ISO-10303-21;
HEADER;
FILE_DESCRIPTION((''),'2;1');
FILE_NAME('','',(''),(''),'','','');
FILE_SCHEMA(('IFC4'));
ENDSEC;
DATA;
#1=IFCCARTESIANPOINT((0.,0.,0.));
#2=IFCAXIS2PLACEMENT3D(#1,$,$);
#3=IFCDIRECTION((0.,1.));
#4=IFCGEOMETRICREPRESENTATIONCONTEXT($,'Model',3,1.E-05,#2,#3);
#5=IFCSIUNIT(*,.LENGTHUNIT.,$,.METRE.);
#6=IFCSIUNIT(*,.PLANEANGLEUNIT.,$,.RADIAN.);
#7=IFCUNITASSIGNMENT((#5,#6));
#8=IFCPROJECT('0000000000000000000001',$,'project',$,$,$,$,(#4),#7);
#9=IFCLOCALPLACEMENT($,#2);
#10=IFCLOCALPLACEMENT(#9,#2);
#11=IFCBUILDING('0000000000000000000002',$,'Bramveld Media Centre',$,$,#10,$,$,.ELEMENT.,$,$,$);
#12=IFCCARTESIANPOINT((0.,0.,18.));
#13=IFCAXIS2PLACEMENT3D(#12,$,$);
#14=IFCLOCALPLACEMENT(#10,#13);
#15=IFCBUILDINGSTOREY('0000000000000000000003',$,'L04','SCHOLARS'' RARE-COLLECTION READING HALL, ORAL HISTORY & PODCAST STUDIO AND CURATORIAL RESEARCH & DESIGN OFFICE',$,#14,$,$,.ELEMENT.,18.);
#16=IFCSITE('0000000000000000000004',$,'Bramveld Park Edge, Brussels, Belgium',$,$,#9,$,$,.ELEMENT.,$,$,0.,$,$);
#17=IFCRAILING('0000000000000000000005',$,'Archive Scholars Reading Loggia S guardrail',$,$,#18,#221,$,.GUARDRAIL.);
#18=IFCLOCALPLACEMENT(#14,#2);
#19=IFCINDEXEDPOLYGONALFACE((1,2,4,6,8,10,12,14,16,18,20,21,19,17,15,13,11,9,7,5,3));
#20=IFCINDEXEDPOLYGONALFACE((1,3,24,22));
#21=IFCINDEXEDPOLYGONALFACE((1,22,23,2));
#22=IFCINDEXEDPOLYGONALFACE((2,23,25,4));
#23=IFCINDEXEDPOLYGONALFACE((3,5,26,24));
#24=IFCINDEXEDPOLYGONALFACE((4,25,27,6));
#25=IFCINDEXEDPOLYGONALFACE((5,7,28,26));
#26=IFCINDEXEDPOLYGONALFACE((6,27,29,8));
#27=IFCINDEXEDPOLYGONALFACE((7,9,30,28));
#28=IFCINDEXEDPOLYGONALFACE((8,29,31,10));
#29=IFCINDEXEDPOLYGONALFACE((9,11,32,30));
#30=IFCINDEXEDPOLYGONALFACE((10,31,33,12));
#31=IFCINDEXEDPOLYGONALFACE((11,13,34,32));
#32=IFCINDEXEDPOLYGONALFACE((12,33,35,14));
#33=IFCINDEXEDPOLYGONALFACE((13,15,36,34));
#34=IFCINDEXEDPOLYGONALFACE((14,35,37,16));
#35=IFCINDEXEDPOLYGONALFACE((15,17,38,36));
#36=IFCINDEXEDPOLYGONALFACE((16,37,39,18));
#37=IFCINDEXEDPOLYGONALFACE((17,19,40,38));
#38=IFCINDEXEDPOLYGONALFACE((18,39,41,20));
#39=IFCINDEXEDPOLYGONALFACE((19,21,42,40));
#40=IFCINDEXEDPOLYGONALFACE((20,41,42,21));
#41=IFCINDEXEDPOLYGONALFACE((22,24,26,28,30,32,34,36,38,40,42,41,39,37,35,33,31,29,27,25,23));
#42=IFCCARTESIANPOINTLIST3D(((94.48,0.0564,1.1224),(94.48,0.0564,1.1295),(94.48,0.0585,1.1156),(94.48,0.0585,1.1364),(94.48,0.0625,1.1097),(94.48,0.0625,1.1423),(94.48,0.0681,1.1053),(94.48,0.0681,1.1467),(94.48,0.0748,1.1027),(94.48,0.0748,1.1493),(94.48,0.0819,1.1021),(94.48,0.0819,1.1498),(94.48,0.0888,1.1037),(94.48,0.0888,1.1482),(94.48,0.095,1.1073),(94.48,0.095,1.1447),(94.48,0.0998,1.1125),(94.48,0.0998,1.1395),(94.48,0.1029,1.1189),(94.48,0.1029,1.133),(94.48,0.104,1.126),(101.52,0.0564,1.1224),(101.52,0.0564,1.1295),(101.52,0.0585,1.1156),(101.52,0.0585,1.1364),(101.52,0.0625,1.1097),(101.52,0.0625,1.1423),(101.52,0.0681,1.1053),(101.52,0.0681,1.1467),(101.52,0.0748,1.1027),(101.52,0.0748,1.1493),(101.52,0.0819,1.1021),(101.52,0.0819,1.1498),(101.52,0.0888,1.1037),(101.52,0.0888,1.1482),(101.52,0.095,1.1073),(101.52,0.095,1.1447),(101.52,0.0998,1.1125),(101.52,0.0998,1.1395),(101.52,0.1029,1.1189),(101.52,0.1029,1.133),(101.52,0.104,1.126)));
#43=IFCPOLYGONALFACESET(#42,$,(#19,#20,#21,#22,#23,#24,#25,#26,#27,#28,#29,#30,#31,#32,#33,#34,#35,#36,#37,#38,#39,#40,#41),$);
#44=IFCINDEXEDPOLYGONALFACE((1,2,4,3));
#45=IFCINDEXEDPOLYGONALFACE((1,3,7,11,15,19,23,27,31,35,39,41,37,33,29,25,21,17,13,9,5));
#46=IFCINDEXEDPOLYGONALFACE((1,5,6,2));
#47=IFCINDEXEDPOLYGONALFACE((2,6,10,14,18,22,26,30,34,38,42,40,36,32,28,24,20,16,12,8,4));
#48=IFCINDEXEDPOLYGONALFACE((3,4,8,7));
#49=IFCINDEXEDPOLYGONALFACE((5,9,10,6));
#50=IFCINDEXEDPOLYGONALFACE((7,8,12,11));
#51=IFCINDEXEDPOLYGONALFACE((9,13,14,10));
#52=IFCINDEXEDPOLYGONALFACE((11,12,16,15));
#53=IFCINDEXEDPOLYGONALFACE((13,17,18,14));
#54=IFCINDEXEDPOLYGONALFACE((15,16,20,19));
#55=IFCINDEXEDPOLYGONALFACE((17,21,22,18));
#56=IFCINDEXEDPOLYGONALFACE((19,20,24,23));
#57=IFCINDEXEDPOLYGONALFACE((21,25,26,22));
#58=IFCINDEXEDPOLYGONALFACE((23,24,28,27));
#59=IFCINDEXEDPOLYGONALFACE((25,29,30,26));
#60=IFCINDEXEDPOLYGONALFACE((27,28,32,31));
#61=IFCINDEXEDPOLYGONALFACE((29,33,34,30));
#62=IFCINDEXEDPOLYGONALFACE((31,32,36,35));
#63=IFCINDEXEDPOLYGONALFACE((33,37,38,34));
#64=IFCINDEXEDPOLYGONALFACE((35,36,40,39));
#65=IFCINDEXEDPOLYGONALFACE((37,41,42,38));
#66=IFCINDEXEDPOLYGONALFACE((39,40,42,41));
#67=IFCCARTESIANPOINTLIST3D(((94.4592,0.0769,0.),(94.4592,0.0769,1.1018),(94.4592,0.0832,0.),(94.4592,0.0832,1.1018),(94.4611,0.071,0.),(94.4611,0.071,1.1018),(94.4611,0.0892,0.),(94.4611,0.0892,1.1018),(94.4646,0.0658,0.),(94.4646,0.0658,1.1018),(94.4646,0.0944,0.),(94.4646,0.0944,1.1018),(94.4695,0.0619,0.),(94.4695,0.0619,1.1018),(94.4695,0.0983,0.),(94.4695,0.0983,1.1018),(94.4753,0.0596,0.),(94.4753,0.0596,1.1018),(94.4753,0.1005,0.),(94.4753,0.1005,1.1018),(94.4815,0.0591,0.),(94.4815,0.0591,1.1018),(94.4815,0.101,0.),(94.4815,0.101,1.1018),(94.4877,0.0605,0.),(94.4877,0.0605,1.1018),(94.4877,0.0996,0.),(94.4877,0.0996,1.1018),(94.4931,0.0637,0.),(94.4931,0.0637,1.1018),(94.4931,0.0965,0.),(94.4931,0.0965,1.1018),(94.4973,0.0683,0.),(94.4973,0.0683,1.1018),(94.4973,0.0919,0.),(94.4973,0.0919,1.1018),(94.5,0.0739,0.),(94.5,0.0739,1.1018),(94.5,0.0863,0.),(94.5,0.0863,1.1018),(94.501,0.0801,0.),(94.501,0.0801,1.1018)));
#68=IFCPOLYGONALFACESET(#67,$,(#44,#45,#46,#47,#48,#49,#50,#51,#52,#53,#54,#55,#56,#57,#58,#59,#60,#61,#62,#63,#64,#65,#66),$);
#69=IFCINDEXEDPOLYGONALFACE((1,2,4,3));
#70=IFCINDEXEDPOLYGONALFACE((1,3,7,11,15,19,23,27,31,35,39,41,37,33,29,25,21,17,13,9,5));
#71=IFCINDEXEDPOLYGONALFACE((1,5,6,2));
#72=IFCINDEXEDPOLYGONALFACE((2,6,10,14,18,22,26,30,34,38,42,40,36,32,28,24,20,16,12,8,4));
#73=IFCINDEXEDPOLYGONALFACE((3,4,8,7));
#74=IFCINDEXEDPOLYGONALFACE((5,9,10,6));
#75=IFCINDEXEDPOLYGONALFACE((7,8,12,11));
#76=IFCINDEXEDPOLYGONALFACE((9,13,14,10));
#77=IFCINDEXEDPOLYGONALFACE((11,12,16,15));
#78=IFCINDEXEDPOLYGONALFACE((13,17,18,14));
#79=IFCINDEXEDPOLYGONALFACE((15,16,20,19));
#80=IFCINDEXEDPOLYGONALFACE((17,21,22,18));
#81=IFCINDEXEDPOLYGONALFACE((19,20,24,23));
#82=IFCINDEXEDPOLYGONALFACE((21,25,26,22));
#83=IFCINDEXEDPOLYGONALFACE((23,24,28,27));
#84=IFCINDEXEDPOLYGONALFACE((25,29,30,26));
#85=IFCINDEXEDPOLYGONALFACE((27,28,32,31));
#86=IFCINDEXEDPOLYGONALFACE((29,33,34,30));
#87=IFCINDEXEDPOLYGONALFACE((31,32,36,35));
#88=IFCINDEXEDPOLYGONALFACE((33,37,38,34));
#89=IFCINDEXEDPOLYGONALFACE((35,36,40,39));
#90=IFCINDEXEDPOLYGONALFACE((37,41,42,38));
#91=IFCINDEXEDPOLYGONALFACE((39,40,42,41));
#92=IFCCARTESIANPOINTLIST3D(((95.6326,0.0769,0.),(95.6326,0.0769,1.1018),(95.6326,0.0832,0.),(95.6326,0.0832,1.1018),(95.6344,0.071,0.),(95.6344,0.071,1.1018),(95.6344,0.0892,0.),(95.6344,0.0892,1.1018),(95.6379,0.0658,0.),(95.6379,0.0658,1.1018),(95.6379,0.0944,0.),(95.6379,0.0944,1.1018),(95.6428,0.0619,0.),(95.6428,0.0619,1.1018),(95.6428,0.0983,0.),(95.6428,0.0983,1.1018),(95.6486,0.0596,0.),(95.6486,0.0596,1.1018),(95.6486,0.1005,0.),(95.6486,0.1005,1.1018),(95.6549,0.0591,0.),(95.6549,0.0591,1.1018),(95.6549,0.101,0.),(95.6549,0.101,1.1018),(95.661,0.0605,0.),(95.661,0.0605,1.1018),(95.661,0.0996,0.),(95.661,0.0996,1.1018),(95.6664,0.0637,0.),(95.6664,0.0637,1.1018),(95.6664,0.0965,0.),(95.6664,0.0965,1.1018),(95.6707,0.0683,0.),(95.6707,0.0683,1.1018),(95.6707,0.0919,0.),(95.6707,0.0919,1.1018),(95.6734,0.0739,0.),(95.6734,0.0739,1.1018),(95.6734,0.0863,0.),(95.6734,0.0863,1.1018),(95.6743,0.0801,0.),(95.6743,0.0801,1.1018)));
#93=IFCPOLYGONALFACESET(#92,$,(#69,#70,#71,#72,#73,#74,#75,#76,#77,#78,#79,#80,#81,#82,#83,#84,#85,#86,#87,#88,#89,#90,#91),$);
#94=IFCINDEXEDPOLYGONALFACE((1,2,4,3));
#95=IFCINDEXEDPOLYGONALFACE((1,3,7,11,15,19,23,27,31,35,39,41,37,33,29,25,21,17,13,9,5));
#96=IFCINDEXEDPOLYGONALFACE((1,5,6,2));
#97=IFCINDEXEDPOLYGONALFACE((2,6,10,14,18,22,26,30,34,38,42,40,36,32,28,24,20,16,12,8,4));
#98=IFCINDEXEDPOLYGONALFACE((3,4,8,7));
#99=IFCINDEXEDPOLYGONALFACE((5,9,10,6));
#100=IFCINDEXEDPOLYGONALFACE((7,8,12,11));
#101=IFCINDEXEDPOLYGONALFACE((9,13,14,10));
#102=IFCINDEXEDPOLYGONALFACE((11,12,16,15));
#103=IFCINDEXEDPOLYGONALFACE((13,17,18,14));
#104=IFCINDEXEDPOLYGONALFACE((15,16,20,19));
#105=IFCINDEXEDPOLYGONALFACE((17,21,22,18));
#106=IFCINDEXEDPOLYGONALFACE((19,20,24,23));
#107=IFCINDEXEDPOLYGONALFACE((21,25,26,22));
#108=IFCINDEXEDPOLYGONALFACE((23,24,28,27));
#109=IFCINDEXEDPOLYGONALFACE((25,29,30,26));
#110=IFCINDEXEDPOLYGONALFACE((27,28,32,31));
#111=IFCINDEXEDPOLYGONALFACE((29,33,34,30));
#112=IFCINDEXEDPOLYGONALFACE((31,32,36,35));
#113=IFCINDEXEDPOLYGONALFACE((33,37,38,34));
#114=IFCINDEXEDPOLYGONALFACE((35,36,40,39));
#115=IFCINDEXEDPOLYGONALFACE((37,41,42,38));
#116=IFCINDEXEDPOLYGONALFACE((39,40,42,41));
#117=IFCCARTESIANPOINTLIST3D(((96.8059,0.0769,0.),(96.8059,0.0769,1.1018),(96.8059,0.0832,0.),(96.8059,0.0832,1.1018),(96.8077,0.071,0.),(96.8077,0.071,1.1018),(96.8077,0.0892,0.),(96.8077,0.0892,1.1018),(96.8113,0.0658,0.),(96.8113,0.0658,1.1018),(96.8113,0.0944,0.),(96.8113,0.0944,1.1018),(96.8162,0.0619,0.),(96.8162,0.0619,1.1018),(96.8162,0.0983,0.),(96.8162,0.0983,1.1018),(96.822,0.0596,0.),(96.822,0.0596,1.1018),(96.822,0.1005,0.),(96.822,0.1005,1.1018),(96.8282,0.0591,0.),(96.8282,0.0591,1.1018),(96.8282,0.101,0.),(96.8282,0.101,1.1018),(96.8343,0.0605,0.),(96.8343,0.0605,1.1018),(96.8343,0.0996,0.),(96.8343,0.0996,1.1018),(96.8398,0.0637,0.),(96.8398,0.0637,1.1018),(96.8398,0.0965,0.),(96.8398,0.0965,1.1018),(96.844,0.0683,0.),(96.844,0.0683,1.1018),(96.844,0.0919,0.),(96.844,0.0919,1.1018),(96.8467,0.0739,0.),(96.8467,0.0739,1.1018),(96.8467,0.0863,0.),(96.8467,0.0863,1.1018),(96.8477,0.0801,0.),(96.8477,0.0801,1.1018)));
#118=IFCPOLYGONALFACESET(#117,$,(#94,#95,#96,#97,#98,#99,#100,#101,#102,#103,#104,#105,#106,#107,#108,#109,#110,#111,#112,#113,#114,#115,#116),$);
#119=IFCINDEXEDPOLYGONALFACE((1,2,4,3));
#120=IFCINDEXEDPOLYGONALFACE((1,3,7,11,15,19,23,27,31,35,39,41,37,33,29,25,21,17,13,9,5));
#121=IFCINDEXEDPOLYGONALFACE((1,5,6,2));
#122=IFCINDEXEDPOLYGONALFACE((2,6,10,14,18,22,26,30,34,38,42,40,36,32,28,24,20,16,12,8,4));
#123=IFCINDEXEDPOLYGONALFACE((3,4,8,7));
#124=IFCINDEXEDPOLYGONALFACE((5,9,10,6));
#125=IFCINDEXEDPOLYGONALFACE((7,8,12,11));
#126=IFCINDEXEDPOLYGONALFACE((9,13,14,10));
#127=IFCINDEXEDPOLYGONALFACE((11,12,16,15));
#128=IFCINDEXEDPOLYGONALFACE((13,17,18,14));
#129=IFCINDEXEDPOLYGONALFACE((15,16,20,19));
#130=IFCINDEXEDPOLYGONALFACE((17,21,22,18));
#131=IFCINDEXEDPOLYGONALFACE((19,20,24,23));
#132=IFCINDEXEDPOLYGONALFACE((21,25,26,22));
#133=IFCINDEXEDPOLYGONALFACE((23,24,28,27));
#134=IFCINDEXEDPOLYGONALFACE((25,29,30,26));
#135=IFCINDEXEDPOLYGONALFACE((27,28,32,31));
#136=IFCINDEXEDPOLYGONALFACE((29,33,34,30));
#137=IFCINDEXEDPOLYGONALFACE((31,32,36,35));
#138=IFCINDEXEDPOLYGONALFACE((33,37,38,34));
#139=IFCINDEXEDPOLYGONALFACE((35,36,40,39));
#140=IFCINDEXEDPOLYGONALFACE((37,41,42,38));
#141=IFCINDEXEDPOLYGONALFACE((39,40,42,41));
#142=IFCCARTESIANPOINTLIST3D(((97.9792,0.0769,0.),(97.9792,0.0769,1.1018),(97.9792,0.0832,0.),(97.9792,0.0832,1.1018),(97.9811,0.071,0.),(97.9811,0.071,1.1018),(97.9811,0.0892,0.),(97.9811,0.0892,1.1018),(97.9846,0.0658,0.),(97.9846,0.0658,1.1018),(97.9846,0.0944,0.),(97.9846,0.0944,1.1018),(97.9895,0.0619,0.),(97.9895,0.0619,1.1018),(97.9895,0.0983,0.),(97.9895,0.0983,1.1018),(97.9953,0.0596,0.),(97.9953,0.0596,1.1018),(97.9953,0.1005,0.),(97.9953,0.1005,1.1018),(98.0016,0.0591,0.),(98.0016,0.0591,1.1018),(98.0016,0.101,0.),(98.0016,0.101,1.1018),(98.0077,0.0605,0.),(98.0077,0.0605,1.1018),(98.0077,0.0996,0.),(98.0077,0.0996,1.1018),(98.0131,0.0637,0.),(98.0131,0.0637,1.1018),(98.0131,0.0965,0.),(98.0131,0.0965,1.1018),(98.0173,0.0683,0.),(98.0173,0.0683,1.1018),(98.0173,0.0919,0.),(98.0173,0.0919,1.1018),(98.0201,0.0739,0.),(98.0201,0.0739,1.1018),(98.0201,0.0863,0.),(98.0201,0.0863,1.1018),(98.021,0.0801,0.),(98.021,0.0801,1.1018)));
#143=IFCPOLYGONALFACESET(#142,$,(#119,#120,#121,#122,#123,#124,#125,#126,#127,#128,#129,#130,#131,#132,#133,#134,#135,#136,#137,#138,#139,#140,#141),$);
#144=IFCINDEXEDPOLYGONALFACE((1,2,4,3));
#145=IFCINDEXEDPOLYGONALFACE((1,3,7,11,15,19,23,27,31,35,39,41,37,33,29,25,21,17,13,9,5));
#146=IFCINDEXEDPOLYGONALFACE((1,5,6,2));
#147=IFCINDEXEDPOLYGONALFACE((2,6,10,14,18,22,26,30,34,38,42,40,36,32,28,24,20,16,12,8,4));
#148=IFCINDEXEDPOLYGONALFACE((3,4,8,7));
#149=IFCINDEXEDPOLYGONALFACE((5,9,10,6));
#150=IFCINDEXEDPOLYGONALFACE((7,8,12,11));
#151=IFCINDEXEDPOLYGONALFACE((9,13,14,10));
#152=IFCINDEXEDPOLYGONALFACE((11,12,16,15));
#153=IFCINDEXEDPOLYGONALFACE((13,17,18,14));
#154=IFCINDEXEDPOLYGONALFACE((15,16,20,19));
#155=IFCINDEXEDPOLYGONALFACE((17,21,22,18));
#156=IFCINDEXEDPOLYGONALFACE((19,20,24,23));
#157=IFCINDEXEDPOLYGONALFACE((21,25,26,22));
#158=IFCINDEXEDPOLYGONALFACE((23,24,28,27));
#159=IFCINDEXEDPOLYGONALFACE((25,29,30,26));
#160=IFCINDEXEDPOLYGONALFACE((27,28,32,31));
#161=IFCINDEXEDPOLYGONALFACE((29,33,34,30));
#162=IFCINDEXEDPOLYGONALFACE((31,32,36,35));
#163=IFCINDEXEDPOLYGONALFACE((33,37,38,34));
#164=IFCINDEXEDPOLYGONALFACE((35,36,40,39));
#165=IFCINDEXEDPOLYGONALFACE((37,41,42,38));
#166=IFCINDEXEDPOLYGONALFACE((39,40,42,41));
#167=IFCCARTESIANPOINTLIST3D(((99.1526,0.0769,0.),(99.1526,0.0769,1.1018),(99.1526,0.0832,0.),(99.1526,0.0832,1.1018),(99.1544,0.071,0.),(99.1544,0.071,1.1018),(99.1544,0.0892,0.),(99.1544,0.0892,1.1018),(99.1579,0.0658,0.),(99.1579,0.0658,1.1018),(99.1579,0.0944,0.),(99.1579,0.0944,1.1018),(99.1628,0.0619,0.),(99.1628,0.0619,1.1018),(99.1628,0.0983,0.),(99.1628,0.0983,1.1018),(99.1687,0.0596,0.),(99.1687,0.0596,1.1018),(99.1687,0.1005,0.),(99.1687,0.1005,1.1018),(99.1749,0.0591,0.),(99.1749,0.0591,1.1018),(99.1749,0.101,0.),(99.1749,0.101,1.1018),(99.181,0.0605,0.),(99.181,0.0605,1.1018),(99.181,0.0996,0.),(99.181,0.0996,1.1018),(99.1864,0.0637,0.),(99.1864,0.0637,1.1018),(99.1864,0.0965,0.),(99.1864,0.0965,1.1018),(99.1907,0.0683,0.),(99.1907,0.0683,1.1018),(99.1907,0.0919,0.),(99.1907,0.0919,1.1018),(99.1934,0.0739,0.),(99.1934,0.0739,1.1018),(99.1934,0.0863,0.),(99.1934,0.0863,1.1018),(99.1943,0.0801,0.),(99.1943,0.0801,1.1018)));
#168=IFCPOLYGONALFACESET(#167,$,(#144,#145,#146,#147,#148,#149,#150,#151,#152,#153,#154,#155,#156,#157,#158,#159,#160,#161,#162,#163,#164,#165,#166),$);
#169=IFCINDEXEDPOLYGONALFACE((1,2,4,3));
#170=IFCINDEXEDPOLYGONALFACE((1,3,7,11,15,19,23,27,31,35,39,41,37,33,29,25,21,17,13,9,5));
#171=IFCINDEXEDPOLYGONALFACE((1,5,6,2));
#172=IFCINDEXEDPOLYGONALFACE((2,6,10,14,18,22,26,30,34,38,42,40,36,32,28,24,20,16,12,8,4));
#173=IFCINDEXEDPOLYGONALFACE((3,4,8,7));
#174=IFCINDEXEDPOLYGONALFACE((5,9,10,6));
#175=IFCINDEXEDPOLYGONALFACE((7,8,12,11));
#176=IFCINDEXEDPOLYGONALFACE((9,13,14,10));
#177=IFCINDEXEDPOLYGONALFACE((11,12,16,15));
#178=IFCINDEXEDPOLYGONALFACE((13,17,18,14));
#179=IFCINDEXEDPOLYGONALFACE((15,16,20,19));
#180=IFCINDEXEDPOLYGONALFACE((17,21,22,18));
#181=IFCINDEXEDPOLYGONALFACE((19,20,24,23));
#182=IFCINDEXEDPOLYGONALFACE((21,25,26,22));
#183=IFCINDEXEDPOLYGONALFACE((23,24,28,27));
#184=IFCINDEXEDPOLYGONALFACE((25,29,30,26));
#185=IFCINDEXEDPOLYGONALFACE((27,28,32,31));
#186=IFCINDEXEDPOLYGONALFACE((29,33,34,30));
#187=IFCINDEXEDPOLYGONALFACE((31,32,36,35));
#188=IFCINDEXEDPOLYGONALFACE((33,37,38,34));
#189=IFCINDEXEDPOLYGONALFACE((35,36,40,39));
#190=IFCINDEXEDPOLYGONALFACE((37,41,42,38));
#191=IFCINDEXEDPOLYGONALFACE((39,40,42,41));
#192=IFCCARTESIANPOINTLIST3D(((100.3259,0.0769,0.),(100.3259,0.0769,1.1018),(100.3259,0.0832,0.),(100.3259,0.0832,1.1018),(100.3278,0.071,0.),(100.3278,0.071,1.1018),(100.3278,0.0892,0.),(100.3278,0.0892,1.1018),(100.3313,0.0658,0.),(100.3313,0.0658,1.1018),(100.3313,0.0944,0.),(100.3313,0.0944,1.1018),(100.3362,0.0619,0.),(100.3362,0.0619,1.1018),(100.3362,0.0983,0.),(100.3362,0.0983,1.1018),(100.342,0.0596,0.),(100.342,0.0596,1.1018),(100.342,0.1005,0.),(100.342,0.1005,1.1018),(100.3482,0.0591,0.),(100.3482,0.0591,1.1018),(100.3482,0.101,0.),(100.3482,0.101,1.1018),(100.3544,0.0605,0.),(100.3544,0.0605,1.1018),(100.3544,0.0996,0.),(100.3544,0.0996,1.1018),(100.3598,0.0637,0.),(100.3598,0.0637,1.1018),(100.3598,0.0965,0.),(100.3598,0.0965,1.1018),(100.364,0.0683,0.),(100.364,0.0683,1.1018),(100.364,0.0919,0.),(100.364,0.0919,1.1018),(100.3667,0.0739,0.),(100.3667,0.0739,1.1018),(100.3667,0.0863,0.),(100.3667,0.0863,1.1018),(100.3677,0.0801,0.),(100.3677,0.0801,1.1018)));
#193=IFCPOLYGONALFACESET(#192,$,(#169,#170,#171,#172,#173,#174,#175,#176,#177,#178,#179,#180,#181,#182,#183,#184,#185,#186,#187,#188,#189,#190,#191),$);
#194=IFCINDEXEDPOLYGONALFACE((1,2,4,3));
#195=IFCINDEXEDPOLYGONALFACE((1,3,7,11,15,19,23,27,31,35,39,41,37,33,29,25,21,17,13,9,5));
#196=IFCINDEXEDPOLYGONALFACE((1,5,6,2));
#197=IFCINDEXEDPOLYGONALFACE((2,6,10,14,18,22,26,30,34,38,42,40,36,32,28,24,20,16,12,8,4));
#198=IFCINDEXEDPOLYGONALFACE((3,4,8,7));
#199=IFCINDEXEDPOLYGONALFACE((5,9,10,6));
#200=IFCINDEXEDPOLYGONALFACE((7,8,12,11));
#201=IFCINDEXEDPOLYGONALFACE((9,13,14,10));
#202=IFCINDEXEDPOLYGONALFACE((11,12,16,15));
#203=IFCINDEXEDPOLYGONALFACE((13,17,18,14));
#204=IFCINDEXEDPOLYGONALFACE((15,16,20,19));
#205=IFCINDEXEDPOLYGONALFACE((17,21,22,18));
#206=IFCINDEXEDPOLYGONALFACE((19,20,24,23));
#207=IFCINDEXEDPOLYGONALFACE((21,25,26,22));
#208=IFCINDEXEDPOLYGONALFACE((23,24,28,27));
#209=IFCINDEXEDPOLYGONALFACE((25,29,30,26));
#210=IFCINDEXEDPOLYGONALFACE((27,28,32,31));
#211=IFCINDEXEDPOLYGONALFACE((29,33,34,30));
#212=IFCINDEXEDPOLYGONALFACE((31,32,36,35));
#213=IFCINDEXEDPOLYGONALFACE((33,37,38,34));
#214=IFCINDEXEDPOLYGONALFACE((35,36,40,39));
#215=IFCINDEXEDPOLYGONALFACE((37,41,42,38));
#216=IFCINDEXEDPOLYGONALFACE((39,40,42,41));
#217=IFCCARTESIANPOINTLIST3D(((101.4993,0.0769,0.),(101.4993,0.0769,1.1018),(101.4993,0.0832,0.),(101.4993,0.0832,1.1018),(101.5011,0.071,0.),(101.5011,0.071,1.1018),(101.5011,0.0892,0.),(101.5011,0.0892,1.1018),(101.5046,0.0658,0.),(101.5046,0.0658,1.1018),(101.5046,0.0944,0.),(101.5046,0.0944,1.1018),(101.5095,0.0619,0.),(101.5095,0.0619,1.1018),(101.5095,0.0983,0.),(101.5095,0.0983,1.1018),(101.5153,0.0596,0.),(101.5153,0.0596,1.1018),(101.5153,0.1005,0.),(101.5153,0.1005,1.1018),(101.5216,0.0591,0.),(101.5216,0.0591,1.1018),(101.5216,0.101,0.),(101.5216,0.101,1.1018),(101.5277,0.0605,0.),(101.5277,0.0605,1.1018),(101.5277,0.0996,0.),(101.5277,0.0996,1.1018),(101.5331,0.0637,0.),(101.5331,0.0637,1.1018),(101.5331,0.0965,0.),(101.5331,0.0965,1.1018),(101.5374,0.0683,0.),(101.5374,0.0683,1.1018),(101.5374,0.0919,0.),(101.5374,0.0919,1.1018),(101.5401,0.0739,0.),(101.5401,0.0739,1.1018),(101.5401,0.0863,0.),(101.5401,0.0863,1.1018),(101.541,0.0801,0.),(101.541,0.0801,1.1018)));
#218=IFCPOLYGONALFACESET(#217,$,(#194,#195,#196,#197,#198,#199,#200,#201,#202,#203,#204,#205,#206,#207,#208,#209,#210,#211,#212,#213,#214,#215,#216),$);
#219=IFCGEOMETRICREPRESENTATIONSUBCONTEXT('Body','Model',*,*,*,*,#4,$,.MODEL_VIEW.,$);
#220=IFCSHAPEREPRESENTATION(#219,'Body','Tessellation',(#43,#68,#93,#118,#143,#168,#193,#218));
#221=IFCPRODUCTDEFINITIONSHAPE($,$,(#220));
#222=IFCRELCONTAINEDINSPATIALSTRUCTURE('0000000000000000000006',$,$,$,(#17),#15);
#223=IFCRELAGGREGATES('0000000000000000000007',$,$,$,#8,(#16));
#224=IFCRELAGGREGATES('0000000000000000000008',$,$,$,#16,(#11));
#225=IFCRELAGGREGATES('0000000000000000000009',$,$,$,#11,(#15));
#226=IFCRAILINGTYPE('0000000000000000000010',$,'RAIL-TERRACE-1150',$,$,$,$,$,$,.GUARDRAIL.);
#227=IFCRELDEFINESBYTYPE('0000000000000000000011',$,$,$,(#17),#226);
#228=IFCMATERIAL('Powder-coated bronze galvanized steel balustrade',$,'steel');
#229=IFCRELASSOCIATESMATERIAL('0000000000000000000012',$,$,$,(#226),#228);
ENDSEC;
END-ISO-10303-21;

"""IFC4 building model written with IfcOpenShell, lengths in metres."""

from ifc_helpers import new_model, si_unit, direction, frame, origin, origin_2d, place, context, subcontext, project, spatial, circle, extrude, material, type_object, element, save


model = new_model("IFC4")

# Units and contexts
model_context = context("Model", 3, precision=1e-05, world=origin(), true_north=direction((0.0, 1.0)))
body_context = subcontext(model_context, "Body", "Model", "MODEL_VIEW")
ifc_project = project(units=[si_unit("LENGTHUNIT", "METRE"), si_unit("PLANEANGLEUNIT", "RADIAN")], contexts=[model_context])

# Site, building, storey
site_placement = place(None, origin())
site = spatial("IfcSite", under=ifc_project, at=site_placement, Name="Bramveld Park Edge, Brussels, Belgium", CompositionType="ELEMENT", RefElevation=0.0)
building_placement = place(site_placement, origin())
building = spatial("IfcBuilding", under=site, at=building_placement, Name="Bramveld Media Centre", CompositionType="ELEMENT")
storey_placement = place(building_placement, frame((0.0, 0.0, 18.0)))
storey = spatial("IfcBuildingStorey", under=building, at=storey_placement, Name="L04", Description="SCHOLARS' RARE-COLLECTION READING HALL, ORAL HISTORY & PODCAST STUDIO AND CURATORIAL RESEARCH & DESIGN OFFICE", CompositionType="ELEMENT", Elevation=18.0)

# Railing
ifc_material_1 = material(Name="Powder-coated bronze galvanized steel balustrade", Category="steel")
railing_type = type_object("IfcRailingType", Name="RAIL-TERRACE-1150", PredefinedType="GUARDRAIL", material=ifc_material_1)
railing_1_placement = place(storey_placement, frame((94.48, 0.0801, 0.0)))
element("IfcRailing", 1, at=railing_1_placement, inside=storey, type_object=railing_type, Name="Archive Scholars Reading Loggia S guardrail", PredefinedType="GUARDRAIL", context=body_context, shape_type="SweptSolid", body=[
    extrude(circle(Radius=0.0239, at=origin_2d()), frame((0.0, 0.0, 1.126), z_axis=(1.0, 0.0, 0.0), x_axis=(0.0, 1.0, 0.0)), (0.0, 0.0, 1.0), 7.04),
    extrude(circle(Radius=0.021, at=origin_2d()), origin(), (0.0, 0.0, 1.0), 1.1018),
    extrude(circle(Radius=0.021, at=origin_2d()), frame((1.1733, 0.0, 0.0)), (0.0, 0.0, 1.0), 1.1018),
    extrude(circle(Radius=0.021, at=origin_2d()), frame((2.3467, 0.0, 0.0)), (0.0, 0.0, 1.0), 1.1018),
    extrude(circle(Radius=0.021, at=origin_2d()), frame((3.52, 0.0, 0.0)), (0.0, 0.0, 1.0), 1.1018),
    extrude(circle(Radius=0.021, at=origin_2d()), frame((4.6934, 0.0, 0.0)), (0.0, 0.0, 1.0), 1.1018),
    extrude(circle(Radius=0.021, at=origin_2d()), frame((5.8667, 0.0, 0.0)), (0.0, 0.0, 1.0), 1.1018),
    extrude(circle(Radius=0.021, at=origin_2d()), frame((7.04, 0.0, 0.0)), (0.0, 0.0, 1.0), 1.1018),
])

save(model, "model.ifc")
